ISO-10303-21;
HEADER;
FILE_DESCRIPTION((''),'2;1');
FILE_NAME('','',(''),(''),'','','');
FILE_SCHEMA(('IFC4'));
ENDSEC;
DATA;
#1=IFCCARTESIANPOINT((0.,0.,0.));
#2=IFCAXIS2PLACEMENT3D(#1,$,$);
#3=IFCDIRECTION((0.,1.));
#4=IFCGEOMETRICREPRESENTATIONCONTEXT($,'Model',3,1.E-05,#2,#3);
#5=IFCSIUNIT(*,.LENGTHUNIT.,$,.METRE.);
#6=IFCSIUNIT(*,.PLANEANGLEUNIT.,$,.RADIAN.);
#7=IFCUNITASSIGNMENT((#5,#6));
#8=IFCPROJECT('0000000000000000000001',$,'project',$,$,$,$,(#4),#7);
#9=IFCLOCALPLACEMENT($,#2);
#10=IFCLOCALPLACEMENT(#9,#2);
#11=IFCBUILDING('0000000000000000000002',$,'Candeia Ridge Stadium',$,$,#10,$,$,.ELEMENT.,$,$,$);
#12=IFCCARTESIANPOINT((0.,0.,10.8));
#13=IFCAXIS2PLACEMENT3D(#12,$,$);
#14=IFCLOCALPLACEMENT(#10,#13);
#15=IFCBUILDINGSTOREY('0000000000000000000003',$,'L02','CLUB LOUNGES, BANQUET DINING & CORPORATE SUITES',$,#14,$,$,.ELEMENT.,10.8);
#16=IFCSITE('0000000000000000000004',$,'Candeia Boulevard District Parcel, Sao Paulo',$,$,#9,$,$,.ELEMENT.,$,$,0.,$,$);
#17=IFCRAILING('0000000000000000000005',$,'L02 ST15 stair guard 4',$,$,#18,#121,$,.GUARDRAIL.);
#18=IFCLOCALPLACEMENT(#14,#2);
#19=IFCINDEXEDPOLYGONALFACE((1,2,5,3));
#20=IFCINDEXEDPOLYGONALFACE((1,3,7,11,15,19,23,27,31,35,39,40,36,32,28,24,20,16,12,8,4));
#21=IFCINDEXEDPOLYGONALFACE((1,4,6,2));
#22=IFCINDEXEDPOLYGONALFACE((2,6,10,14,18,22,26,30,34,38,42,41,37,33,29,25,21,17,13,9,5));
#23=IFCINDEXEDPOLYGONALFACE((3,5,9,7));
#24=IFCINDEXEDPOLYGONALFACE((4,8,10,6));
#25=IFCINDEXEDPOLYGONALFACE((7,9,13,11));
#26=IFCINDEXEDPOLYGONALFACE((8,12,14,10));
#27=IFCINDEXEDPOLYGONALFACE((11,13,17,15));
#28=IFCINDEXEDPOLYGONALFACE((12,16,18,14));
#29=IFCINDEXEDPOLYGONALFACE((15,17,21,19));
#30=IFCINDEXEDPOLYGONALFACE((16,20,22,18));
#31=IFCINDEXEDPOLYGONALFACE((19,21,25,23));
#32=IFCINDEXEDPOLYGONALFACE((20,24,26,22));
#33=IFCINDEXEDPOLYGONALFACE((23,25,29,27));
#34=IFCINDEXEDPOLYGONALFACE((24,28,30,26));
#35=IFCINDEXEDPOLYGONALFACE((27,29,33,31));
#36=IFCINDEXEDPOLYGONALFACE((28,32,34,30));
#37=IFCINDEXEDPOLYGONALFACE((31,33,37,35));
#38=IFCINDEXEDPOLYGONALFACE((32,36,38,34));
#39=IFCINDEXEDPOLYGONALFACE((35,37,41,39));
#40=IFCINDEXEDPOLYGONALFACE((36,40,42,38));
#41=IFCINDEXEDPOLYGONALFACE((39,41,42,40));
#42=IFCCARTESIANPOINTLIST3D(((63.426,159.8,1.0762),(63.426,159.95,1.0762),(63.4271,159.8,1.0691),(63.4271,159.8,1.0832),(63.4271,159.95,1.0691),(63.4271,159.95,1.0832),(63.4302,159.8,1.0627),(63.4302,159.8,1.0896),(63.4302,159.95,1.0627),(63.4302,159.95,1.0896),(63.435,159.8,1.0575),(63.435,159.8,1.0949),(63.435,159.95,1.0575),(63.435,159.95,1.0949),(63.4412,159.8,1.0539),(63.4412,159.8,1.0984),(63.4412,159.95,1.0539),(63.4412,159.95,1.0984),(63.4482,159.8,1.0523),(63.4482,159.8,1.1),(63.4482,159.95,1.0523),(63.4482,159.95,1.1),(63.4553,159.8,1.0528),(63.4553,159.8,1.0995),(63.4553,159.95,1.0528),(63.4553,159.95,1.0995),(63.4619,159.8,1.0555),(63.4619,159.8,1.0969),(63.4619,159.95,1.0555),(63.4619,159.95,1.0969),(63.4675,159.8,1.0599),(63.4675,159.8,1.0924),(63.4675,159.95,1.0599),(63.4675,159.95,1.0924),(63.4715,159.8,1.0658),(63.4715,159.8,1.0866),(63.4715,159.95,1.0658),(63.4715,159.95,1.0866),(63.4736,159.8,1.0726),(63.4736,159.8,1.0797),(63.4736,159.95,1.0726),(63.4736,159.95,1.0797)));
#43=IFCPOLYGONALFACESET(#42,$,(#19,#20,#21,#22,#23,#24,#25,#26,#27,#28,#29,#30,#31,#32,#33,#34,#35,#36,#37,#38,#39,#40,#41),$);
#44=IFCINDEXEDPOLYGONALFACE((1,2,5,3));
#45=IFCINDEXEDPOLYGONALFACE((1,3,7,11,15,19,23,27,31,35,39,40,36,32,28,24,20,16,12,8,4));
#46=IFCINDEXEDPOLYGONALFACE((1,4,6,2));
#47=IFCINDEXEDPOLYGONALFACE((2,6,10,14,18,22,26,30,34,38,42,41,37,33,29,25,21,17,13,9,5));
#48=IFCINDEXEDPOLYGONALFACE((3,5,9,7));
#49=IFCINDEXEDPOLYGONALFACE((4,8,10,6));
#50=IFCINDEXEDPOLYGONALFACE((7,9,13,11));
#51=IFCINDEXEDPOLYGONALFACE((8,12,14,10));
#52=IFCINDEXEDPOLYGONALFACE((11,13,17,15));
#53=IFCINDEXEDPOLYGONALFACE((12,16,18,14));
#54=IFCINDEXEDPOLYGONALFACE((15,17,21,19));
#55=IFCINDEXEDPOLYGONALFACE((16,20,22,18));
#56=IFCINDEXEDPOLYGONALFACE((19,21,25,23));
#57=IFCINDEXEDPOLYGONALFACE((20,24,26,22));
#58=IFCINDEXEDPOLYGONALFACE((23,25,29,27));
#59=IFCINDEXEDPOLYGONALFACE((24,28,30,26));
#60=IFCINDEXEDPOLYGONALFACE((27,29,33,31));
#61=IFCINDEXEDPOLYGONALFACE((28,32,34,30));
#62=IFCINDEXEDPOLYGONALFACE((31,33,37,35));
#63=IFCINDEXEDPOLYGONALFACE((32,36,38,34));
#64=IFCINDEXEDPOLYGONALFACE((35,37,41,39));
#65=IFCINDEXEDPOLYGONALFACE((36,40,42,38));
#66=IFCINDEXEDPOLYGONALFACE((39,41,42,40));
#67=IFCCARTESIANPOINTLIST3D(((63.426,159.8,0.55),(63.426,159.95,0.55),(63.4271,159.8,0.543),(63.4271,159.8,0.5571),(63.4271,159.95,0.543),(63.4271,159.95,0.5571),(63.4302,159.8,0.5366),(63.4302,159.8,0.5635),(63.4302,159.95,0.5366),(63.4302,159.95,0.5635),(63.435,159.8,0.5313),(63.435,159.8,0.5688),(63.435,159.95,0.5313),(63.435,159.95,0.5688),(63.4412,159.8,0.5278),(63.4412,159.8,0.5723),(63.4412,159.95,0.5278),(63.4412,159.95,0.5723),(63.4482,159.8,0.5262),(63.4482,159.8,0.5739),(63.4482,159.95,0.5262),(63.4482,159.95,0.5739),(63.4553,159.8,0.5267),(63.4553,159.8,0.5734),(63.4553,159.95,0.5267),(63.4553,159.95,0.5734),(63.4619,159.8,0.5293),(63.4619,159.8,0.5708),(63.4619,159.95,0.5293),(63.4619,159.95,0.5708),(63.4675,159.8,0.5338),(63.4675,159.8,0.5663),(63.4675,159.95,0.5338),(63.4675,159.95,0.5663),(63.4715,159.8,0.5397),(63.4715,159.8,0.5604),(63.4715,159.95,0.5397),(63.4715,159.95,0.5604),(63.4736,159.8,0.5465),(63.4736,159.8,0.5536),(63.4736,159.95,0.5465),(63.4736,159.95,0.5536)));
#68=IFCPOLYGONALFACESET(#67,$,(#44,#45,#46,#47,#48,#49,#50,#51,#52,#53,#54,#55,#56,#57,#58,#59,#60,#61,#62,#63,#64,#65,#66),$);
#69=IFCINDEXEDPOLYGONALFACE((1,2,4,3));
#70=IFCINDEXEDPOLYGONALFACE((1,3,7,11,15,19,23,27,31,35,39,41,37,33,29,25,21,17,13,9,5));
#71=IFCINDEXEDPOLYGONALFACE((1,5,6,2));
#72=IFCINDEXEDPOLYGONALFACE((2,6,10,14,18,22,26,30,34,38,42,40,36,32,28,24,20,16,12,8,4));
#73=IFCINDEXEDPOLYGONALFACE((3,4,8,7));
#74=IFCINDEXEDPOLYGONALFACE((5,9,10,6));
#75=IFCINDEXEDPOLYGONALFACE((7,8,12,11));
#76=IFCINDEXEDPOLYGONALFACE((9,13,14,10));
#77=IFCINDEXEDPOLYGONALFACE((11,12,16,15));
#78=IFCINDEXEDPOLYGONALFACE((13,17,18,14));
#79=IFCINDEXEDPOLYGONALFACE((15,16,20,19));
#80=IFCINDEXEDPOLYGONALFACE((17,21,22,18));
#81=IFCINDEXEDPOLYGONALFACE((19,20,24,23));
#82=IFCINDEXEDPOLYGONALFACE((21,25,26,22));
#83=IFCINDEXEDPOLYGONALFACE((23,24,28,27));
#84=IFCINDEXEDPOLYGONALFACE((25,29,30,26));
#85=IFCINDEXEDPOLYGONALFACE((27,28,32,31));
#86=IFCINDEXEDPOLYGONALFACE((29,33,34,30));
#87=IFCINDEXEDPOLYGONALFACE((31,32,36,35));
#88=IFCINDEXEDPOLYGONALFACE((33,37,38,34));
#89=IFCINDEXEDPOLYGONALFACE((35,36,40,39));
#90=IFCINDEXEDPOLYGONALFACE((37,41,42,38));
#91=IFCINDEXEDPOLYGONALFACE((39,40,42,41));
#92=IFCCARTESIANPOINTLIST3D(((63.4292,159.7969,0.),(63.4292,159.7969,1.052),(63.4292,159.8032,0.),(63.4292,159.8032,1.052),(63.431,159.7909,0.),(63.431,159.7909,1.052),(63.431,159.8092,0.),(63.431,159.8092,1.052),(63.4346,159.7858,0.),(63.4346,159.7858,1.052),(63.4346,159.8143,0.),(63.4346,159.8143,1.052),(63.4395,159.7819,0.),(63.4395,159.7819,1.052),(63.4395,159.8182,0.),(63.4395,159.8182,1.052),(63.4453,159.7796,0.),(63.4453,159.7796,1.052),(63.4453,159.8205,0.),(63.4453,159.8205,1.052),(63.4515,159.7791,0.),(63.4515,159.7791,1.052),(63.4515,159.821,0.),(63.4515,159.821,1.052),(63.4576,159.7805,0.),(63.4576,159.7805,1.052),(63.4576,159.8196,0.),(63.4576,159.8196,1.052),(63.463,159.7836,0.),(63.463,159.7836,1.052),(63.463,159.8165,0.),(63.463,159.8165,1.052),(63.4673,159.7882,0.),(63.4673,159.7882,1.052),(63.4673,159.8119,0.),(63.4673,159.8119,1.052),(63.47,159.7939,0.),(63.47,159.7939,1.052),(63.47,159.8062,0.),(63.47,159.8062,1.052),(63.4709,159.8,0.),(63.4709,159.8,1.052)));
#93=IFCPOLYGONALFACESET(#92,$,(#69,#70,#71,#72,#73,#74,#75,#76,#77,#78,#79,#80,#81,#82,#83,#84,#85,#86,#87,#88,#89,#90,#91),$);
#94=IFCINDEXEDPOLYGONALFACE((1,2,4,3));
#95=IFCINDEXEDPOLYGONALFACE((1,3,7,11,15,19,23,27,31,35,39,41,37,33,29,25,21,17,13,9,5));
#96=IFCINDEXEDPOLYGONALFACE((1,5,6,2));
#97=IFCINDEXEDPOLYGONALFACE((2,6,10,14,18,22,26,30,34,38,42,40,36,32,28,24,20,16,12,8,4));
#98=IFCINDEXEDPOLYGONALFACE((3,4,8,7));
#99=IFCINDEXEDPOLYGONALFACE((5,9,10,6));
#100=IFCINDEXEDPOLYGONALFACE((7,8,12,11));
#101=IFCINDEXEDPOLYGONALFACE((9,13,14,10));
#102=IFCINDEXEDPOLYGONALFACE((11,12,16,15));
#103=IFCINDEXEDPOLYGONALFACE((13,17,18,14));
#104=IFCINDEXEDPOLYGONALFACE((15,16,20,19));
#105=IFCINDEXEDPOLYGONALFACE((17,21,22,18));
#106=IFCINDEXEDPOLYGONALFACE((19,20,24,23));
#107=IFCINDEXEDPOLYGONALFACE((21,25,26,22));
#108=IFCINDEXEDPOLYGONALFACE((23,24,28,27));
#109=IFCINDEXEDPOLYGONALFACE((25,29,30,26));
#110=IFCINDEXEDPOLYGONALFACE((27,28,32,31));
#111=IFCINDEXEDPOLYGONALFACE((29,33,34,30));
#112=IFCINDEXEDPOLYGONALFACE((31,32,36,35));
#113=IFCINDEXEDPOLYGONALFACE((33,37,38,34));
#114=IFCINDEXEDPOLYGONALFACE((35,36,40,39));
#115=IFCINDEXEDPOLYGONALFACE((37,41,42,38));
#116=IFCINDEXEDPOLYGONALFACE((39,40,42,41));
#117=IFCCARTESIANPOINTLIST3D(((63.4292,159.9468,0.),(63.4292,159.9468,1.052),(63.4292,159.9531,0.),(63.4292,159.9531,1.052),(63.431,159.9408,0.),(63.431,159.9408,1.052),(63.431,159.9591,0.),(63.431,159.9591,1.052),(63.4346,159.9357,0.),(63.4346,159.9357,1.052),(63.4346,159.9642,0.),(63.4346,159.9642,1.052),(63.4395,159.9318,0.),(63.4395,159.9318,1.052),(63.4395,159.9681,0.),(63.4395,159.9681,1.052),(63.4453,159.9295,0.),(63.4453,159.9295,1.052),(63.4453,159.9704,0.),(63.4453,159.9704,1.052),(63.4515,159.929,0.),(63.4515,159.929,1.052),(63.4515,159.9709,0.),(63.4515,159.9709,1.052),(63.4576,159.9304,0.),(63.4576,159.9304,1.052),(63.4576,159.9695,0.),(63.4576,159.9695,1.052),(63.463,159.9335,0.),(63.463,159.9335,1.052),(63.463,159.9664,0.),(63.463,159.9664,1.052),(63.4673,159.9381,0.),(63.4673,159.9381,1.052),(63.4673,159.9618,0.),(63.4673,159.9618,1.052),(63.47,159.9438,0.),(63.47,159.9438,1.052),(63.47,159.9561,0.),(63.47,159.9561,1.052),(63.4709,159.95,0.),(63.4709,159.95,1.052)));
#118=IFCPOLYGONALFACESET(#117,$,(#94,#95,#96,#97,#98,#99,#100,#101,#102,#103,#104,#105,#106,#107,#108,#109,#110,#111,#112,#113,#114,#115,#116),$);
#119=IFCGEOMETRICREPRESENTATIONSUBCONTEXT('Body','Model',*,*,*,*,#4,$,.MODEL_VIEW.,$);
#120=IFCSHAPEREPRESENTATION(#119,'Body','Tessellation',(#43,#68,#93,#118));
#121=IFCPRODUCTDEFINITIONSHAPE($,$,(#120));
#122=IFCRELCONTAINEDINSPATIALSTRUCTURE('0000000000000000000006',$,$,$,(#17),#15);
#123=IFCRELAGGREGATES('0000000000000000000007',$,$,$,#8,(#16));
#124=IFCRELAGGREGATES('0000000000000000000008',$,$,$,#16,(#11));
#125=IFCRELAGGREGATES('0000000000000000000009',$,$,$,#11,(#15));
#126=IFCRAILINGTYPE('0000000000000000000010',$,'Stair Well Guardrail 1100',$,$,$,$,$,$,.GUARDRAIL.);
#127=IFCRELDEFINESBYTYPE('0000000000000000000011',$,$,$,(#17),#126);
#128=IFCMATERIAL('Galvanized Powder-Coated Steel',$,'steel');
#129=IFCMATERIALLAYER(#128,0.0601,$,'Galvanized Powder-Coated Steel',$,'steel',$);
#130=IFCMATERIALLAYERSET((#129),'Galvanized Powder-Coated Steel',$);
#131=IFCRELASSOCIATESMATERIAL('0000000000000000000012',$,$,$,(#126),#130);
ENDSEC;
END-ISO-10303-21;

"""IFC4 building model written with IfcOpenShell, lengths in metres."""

from ifc_helpers import new_model, si_unit, direction, frame, origin, origin_2d, place, context, subcontext, project, spatial, circle, extrude, material, layer, layer_set, type_object, element, save


model = new_model("IFC4")

# Units and contexts
model_context = context("Model", 3, precision=1e-05, world=origin(), true_north=direction((0.0, 1.0)))
body_context = subcontext(model_context, "Body", "Model", "MODEL_VIEW")
ifc_project = project(units=[si_unit("LENGTHUNIT", "METRE"), si_unit("PLANEANGLEUNIT", "RADIAN")], contexts=[model_context])

# Site, building, storey
site_placement = place(None, origin())
site = spatial("IfcSite", under=ifc_project, at=site_placement, Name="Candeia Boulevard District Parcel, Sao Paulo", CompositionType="ELEMENT", RefElevation=0.0)
building_placement = place(site_placement, origin())
building = spatial("IfcBuilding", under=site, at=building_placement, Name="Candeia Ridge Stadium", CompositionType="ELEMENT")
storey_placement = place(building_placement, frame((0.0, 0.0, 10.8)))
storey = spatial("IfcBuildingStorey", under=building, at=storey_placement, Name="L02", Description="CLUB LOUNGES, BANQUET DINING & CORPORATE SUITES", CompositionType="ELEMENT", Elevation=10.8)

# Railing
ifc_material_1 = material(Name="Galvanized Powder-Coated Steel", Category="steel")
ifc_layer_1 = layer(ifc_material_1, 0.0601, Name="Galvanized Powder-Coated Steel", Category="steel")
ifc_layer_set_1 = layer_set([ifc_layer_1], Name="Galvanized Powder-Coated Steel")
railing_type_1 = type_object("IfcRailingType", Name="Stair Well Guardrail 1100", PredefinedType="GUARDRAIL", material=ifc_layer_set_1)
railing_1_placement = place(storey_placement, frame((63.45, 159.8, 0.0)))
element("IfcRailing", 1, at=railing_1_placement, inside=storey, type_object=railing_type_1, Name="L02 ST15 stair guard 4", PredefinedType="GUARDRAIL", context=body_context, shape_type="SweptSolid", body=[
    extrude(circle(Radius=0.0239, at=origin_2d()), frame((0.0, 0.0, 1.0762), z_axis=(0.0, 1.0, 0.0), x_axis=(-1.0, 0.0, 0.0)), (0.0, 0.0, 1.0), 0.1499),
    extrude(circle(Radius=0.0239, at=origin_2d()), frame((0.0, 0.0, 0.55), z_axis=(0.0, 1.0, 0.0), x_axis=(-1.0, 0.0, 0.0)), (0.0, 0.0, 1.0), 0.1499),
    extrude(circle(Radius=0.021, at=origin_2d()), origin(), (0.0, 0.0, 1.0), 1.052),
    extrude(circle(Radius=0.021, at=origin_2d()), frame((0.0, 0.1499, 0.0)), (0.0, 0.0, 1.0), 1.052),
])

save(model, "model.ifc")
